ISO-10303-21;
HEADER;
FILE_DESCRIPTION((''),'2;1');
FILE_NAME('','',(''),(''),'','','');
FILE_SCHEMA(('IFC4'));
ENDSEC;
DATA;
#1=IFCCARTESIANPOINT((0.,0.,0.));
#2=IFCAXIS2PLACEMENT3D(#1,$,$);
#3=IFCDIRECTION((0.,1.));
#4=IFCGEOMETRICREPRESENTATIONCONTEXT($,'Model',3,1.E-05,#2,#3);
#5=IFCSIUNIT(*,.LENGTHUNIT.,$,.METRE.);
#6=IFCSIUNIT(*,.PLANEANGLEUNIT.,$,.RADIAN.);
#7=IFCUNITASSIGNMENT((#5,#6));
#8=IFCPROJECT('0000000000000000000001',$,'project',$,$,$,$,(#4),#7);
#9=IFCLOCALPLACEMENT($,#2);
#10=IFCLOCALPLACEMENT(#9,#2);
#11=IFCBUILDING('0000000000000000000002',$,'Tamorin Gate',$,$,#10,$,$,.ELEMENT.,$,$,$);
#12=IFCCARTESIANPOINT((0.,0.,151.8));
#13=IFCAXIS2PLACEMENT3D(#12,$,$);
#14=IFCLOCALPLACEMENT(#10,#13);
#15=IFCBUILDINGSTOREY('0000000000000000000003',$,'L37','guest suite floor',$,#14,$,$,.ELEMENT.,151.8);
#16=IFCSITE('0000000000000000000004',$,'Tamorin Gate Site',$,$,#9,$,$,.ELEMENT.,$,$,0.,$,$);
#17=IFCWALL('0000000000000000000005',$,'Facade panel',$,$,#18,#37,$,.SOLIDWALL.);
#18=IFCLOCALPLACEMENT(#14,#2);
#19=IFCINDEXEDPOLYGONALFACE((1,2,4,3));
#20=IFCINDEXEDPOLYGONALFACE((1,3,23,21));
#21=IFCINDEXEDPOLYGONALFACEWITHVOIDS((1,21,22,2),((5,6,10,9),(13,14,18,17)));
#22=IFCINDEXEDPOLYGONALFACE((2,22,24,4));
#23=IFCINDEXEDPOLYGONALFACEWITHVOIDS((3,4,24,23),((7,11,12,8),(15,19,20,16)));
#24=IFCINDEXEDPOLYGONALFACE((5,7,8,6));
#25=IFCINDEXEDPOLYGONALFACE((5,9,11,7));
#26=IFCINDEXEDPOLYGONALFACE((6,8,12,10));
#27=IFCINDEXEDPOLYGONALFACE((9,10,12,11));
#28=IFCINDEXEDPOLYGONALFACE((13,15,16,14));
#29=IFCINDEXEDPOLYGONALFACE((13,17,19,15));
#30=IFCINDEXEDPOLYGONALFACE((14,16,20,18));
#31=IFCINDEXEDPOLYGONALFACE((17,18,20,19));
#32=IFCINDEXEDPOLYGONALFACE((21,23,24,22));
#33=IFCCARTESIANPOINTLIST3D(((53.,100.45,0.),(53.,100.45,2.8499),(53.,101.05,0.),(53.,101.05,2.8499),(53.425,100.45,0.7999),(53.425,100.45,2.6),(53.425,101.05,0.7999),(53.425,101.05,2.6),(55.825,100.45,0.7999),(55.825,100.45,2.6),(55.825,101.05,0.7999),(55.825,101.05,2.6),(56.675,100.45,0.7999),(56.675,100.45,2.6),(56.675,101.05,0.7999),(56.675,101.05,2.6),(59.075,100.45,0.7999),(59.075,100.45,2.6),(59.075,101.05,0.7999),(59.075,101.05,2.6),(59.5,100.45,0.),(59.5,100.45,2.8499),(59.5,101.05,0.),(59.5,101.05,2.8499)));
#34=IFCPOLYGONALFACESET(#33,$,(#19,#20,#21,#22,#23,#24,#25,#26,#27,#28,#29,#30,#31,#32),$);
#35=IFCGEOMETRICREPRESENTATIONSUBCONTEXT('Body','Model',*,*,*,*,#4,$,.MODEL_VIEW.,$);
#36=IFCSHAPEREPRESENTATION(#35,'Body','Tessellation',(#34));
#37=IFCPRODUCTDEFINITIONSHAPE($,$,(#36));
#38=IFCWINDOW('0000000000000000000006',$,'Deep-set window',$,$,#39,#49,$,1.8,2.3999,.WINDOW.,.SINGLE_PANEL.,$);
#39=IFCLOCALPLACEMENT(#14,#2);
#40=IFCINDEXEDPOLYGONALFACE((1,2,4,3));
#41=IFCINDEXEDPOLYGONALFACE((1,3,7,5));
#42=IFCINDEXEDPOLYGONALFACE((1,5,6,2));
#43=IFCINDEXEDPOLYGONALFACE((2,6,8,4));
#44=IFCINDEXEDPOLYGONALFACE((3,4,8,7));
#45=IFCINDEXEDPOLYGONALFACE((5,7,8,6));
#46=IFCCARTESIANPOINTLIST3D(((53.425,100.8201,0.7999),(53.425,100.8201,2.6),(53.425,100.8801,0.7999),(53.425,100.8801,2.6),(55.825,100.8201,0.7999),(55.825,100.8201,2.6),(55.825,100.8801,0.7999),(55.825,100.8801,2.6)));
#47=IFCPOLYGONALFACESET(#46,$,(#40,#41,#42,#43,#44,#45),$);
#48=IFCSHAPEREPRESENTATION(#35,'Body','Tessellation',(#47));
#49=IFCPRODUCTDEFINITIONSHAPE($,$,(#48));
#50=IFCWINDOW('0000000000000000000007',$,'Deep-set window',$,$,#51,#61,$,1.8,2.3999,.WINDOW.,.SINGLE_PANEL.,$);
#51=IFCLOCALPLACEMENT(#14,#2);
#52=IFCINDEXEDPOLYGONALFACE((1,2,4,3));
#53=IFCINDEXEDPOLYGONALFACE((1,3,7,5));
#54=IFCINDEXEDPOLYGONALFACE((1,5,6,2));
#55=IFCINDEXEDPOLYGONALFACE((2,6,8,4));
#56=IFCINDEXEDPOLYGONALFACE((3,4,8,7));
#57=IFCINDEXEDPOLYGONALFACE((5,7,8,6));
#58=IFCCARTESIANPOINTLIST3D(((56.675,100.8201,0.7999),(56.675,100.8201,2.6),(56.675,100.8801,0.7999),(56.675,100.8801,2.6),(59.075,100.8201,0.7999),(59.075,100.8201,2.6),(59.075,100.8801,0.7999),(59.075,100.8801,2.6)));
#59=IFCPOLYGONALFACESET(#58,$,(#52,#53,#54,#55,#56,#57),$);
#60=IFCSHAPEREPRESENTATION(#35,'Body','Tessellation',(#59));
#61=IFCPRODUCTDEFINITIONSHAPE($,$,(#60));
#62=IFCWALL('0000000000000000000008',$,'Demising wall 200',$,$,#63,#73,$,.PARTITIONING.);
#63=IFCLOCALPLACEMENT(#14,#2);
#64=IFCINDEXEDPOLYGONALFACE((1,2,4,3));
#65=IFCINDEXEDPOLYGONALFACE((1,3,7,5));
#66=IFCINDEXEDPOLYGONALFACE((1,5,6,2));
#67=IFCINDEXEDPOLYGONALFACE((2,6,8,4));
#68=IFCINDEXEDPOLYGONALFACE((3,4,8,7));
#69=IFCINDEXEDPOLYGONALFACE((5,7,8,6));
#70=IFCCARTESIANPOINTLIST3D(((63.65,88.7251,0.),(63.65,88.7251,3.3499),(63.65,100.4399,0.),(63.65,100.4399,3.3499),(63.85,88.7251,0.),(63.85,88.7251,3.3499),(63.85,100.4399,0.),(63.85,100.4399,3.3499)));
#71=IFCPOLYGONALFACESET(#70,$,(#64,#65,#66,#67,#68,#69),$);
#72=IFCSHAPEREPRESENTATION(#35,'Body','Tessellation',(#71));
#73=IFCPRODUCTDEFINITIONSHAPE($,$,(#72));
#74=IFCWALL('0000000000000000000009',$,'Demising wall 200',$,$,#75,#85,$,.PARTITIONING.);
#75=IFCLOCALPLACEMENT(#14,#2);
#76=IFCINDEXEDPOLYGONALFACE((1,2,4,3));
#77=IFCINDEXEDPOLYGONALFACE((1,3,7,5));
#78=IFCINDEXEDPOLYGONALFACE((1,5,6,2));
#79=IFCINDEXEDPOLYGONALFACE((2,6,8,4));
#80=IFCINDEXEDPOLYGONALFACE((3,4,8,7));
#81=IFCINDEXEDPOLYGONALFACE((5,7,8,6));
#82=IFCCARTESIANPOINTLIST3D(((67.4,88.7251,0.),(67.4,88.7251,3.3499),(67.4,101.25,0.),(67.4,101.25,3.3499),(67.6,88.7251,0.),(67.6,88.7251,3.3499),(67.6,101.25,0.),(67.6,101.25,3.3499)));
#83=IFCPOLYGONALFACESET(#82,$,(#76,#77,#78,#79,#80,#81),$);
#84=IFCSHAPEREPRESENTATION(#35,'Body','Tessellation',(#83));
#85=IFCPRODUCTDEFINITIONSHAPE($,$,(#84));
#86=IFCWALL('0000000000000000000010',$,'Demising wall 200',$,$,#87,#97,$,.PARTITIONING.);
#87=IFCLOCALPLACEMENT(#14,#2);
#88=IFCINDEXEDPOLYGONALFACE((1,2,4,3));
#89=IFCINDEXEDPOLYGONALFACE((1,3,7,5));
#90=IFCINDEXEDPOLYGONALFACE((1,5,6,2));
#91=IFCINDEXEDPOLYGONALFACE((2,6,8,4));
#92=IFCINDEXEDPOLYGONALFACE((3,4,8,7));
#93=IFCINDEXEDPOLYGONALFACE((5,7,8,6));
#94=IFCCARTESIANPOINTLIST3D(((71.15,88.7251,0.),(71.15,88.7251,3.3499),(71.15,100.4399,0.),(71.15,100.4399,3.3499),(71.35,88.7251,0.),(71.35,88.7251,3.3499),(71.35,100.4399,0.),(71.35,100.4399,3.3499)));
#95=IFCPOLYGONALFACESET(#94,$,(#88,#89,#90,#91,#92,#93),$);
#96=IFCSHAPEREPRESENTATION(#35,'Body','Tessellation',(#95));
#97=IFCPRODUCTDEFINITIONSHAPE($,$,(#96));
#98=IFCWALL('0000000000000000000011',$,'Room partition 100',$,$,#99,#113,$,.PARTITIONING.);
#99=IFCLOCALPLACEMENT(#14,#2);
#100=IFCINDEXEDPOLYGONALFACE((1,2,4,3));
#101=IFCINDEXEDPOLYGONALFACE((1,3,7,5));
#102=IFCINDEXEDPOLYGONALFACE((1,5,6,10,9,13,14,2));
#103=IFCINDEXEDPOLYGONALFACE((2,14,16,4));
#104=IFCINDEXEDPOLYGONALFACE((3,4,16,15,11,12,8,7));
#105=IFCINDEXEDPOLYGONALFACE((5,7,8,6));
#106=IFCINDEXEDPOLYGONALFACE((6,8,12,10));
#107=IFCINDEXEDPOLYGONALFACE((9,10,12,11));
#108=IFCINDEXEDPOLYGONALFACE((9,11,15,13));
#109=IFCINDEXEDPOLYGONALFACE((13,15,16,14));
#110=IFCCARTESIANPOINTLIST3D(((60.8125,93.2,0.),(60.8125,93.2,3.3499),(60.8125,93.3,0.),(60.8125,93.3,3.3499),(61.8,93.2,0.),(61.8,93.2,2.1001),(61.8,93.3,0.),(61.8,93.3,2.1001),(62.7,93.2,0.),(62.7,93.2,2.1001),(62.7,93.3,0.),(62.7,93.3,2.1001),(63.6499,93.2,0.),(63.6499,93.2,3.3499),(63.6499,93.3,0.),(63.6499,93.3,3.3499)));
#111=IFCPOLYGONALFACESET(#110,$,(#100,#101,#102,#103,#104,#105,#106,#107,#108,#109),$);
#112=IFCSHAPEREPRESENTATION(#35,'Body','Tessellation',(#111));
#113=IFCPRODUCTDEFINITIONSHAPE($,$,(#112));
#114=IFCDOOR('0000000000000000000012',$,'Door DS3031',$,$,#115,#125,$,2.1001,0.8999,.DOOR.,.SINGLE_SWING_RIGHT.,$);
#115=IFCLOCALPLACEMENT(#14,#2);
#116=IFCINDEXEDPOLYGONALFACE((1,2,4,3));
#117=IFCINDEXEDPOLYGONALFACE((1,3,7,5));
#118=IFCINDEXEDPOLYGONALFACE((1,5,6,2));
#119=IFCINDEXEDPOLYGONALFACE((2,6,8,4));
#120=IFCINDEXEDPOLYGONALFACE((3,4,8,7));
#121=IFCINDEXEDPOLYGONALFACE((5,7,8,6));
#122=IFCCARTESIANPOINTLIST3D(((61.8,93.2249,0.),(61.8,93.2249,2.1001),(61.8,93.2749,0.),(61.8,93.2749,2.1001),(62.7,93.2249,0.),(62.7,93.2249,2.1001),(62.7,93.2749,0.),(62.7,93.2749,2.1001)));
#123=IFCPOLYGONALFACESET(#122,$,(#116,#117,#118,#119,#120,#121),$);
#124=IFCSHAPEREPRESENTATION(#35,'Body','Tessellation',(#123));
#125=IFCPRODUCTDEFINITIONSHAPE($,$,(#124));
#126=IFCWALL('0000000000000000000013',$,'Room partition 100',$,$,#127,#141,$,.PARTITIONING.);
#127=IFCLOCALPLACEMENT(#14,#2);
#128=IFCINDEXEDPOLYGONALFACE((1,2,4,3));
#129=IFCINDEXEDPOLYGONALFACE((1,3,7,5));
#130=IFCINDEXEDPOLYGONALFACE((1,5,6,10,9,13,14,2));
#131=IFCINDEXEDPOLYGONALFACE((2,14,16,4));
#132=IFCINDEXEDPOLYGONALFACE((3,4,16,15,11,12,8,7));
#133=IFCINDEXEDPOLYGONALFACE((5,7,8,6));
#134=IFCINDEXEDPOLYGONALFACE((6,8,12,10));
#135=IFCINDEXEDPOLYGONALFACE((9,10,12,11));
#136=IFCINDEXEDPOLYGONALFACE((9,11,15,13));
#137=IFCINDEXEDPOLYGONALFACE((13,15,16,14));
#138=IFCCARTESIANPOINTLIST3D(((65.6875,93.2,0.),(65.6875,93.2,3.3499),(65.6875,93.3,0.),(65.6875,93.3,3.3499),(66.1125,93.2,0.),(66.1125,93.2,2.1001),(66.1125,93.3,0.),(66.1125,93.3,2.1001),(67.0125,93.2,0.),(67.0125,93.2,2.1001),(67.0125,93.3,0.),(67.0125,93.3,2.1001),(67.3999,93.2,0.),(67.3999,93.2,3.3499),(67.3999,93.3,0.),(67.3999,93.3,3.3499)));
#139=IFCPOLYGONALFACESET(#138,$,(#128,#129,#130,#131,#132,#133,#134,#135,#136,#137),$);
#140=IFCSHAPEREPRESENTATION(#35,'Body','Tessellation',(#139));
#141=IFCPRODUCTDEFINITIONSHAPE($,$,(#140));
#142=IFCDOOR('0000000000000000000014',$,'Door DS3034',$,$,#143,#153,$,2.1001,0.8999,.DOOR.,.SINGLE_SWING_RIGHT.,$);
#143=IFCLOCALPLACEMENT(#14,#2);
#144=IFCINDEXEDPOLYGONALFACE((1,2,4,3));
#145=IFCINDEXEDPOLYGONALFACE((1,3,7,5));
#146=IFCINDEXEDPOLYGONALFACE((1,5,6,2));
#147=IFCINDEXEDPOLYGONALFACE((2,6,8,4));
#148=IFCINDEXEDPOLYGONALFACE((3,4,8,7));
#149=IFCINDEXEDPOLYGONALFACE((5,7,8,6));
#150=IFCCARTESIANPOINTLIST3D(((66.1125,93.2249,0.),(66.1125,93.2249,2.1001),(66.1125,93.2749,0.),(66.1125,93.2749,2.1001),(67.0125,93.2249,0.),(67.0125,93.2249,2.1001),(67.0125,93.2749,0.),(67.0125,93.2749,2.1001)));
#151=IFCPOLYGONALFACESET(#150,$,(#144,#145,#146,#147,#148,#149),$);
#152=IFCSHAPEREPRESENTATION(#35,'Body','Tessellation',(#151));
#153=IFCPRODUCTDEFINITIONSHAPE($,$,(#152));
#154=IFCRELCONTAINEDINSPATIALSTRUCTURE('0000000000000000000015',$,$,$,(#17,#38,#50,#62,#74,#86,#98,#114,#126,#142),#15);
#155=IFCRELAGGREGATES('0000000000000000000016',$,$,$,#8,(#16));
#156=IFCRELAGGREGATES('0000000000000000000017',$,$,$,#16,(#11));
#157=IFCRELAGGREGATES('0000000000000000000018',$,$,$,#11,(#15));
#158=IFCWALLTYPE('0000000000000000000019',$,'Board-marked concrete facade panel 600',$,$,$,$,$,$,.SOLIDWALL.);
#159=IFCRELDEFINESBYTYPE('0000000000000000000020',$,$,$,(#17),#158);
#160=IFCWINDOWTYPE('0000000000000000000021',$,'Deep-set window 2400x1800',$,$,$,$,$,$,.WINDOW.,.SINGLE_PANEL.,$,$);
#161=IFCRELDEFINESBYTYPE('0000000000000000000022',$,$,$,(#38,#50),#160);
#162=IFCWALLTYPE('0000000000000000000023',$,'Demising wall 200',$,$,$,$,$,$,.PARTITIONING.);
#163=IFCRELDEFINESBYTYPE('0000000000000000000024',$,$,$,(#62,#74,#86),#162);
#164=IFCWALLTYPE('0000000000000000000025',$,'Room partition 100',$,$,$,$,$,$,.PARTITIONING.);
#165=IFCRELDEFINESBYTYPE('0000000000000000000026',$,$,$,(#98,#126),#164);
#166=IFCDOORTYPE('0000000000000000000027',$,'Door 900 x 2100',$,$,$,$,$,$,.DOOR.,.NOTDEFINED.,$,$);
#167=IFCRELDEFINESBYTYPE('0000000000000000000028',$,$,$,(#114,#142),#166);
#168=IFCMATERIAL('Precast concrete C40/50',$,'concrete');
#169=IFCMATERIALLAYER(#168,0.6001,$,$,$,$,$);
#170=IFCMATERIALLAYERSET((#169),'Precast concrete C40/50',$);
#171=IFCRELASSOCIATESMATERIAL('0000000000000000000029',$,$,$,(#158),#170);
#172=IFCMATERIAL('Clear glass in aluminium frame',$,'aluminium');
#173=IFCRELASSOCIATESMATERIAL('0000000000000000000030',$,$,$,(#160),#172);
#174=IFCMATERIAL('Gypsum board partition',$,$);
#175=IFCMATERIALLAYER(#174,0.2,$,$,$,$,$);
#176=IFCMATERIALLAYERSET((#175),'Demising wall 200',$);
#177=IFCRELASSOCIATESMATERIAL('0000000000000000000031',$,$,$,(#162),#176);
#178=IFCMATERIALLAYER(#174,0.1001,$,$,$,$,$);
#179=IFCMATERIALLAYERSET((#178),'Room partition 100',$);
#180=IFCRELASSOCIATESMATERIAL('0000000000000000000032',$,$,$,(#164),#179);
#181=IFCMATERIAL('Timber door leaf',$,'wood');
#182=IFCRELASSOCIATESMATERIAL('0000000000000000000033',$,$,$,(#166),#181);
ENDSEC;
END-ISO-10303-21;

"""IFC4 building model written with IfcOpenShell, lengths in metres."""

from ifc_helpers import new_model, si_unit, direction, frame, frame_2d, origin, place, context, subcontext, project, spatial, rectangle, extrude, material, layer, layer_set, type_object, element, fill, save


model = new_model("IFC4")

# Units and contexts
model_context = context("Model", 3, precision=1e-05, world=origin(), true_north=direction((0.0, 1.0)))
body_context = subcontext(model_context, "Body", "Model", "MODEL_VIEW")
ifc_project = project(units=[si_unit("LENGTHUNIT", "METRE"), si_unit("PLANEANGLEUNIT", "RADIAN")], contexts=[model_context])

# Site, building, storey
site_placement = place(None, origin())
site = spatial("IfcSite", under=ifc_project, at=site_placement, Name="Tamorin Gate Site", CompositionType="ELEMENT", RefElevation=0.0)
building_placement = place(site_placement, origin())
building = spatial("IfcBuilding", under=site, at=building_placement, Name="Tamorin Gate", CompositionType="ELEMENT")
storey_placement = place(building_placement, frame((0.0, 0.0, 151.8)))
storey = spatial("IfcBuildingStorey", under=building, at=storey_placement, Name="L37", Description="guest suite floor", CompositionType="ELEMENT", Elevation=151.8)

# Wall, openings, windows
ifc_material_1 = material(Name="Precast concrete C40/50", Category="concrete")
ifc_layer_1 = layer(ifc_material_1, 0.6001)
ifc_layer_set_1 = layer_set([ifc_layer_1], Name="Precast concrete C40/50")
wall_type_1 = type_object("IfcWallType", Name="Board-marked concrete facade panel 600", PredefinedType="SOLIDWALL", material=ifc_layer_set_1)
ifc_material_2 = material(Name="Clear glass in aluminium frame", Category="aluminium")
window_type = type_object("IfcWindowType", Name="Deep-set window 2400x1800", PartitioningType="SINGLE_PANEL", PredefinedType="WINDOW", material=ifc_material_2)
wall_1_placement = place(storey_placement, frame((59.5, 100.75, 0.0), z_axis=(0.0, 0.0, 1.0), x_axis=(-1.0, 0.0, 0.0)))
wall_1 = element("IfcWall", 1, at=wall_1_placement, inside=storey, type_object=wall_type_1, Name="Facade panel", PredefinedType="SOLIDWALL", context=body_context, shape_type="SweptSolid", body=[
    extrude(rectangle(XDim=6.5, YDim=0.6001, at=frame_2d((3.25, 0.0))), origin(), (0.0, 0.0, 1.0), 2.8499),
])
opening_1_placement = place(wall_1_placement, frame((3.675, 0.0, 0.8)))
opening_1 = element("IfcOpeningElement", 2, at=opening_1_placement, cuts=wall_1, PredefinedType="OPENING", context=body_context, shape_type="SweptSolid", body=[
    extrude(rectangle(XDim=2.3999, YDim=1.8, at=frame_2d((1.2, 0.8999))), frame((0.0, 0.3101, 0.0), z_axis=(0.0, -1.0, 0.0), x_axis=(1.0, 0.0, 0.0)), (0.0, 0.0, 1.0), 0.6201),
])
opening_2_placement = place(wall_1_placement, frame((0.425, 0.0, 0.8)))
opening_2 = element("IfcOpeningElement", 3, at=opening_2_placement, cuts=wall_1, PredefinedType="OPENING", context=body_context, shape_type="SweptSolid", body=[
    extrude(rectangle(XDim=2.3999, YDim=1.8, at=frame_2d((1.2, 0.8999))), frame((0.0, 0.3101, 0.0), z_axis=(0.0, -1.0, 0.0), x_axis=(1.0, 0.0, 0.0)), (0.0, 0.0, 1.0), 0.6201),
])
window_1_placement = place(opening_1_placement, origin())
window_1 = element("IfcWindow", 4, at=window_1_placement, inside=storey, type_object=window_type, Name="Deep-set window", OverallHeight=1.8, OverallWidth=2.3999, PartitioningType="SINGLE_PANEL", PredefinedType="WINDOW", context=body_context, shape_type="SweptSolid", body=[
    extrude(rectangle(XDim=2.3999, YDim=1.8, at=frame_2d((1.2, 0.8999))), frame((0.0, -0.0701, 0.0), z_axis=(0.0, -1.0, 0.0), x_axis=(1.0, 0.0, 0.0)), (0.0, 0.0, 1.0), 0.0601),
])
fill(opening_1, window_1)
window_2_placement = place(opening_2_placement, origin())
window_2 = element("IfcWindow", 5, at=window_2_placement, inside=storey, type_object=window_type, Name="Deep-set window", OverallHeight=1.8, OverallWidth=2.3999, PartitioningType="SINGLE_PANEL", PredefinedType="WINDOW", context=body_context, shape_type="SweptSolid", body=[
    extrude(rectangle(XDim=2.3999, YDim=1.8, at=frame_2d((1.2, 0.8999))), frame((0.0, -0.0701, 0.0), z_axis=(0.0, -1.0, 0.0), x_axis=(1.0, 0.0, 0.0)), (0.0, 0.0, 1.0), 0.0601),
])
fill(opening_2, window_2)

# Walls
ifc_material_3 = material(Name="Gypsum board partition")
ifc_layer_2 = layer(ifc_material_3, 0.2)
ifc_layer_set_2 = layer_set([ifc_layer_2], Name="Demising wall 200")
wall_type_2 = type_object("IfcWallType", Name="Demising wall 200", PredefinedType="PARTITIONING", material=ifc_layer_set_2)
wall_2_placement = place(storey_placement, frame((63.75, 88.7251, 0.0), z_axis=(0.0, 0.0, 1.0), x_axis=(0.0, 1.0, 0.0)))
element("IfcWall", 6, at=wall_2_placement, inside=storey, type_object=wall_type_2, Name="Demising wall 200", PredefinedType="PARTITIONING", context=body_context, shape_type="SweptSolid", body=[
    extrude(rectangle(XDim=11.7148, YDim=0.2, at=frame_2d((5.8574, 0.0))), origin(), (0.0, 0.0, 1.0), 3.3499),
])
wall_3_placement = place(storey_placement, frame((67.5, 88.7251, 0.0), z_axis=(0.0, 0.0, 1.0), x_axis=(0.0, 1.0, 0.0)))
element("IfcWall", 7, at=wall_3_placement, inside=storey, type_object=wall_type_2, Name="Demising wall 200", PredefinedType="PARTITIONING", context=body_context, shape_type="SweptSolid", body=[
    extrude(rectangle(XDim=12.5249, YDim=0.2, at=frame_2d((6.2625, 0.0))), origin(), (0.0, 0.0, 1.0), 3.3499),
])
wall_4_placement = place(storey_placement, frame((71.25, 88.7251, 0.0), z_axis=(0.0, 0.0, 1.0), x_axis=(0.0, 1.0, 0.0)))
element("IfcWall", 8, at=wall_4_placement, inside=storey, type_object=wall_type_2, Name="Demising wall 200", PredefinedType="PARTITIONING", context=body_context, shape_type="SweptSolid", body=[
    extrude(rectangle(XDim=11.7148, YDim=0.2, at=frame_2d((5.8574, 0.0))), origin(), (0.0, 0.0, 1.0), 3.3499),
])

# Walls, openings, doors
ifc_layer_3 = layer(ifc_material_3, 0.1001)
ifc_layer_set_3 = layer_set([ifc_layer_3], Name="Room partition 100")
wall_type_3 = type_object("IfcWallType", Name="Room partition 100", PredefinedType="PARTITIONING", material=ifc_layer_set_3)
wall_5_placement = place(storey_placement, frame((60.8125, 93.25, 0.0), z_axis=(0.0, 0.0, 1.0), x_axis=(1.0, 0.0, 0.0)))
wall_5 = element("IfcWall", 9, at=wall_5_placement, inside=storey, type_object=wall_type_3, Name="Room partition 100", PredefinedType="PARTITIONING", context=body_context, shape_type="SweptSolid", body=[
    extrude(rectangle(XDim=2.8374, YDim=0.1001, at=frame_2d((1.4187, 0.0))), origin(), (0.0, 0.0, 1.0), 3.3499),
])
opening_3_placement = place(wall_5_placement, frame((0.9875, 0.0, 0.0)))
opening_3 = element("IfcOpeningElement", 10, at=opening_3_placement, cuts=wall_5, PredefinedType="OPENING", context=body_context, shape_type="SweptSolid", body=[
    extrude(rectangle(XDim=0.8999, YDim=2.1001, at=frame_2d((0.45, 1.05))), frame((0.0, 0.0601, 0.0), z_axis=(0.0, -1.0, 0.0), x_axis=(1.0, 0.0, 0.0)), (0.0, 0.0, 1.0), 0.1201),
])
ifc_material_4 = material(Name="Timber door leaf", Category="wood")
door_type = type_object("IfcDoorType", Name="Door 900 x 2100", OperationType="NOTDEFINED", PredefinedType="DOOR", material=ifc_material_4)
door_1_placement = place(opening_3_placement, origin())
door_1 = element("IfcDoor", 11, at=door_1_placement, inside=storey, type_object=door_type, Name="Door DS3031", OperationType="SINGLE_SWING_RIGHT", OverallHeight=2.1001, OverallWidth=0.8999, PredefinedType="DOOR", context=body_context, shape_type="SweptSolid", body=[
    extrude(rectangle(XDim=0.8999, YDim=2.1001, at=frame_2d((0.45, 1.05))), frame((0.0, 0.0249, 0.0), z_axis=(0.0, -1.0, 0.0), x_axis=(1.0, 0.0, 0.0)), (0.0, 0.0, 1.0), 0.05),
])
fill(opening_3, door_1)
wall_6_placement = place(storey_placement, frame((65.6875, 93.25, 0.0), z_axis=(0.0, 0.0, 1.0), x_axis=(1.0, 0.0, 0.0)))
wall_6 = element("IfcWall", 12, at=wall_6_placement, inside=storey, type_object=wall_type_3, Name="Room partition 100", PredefinedType="PARTITIONING", context=body_context, shape_type="SweptSolid", body=[
    extrude(rectangle(XDim=1.7124, YDim=0.1001, at=frame_2d((0.8562, 0.0))), origin(), (0.0, 0.0, 1.0), 3.3499),
])
opening_4_placement = place(wall_6_placement, frame((0.425, 0.0, 0.0)))
opening_4 = element("IfcOpeningElement", 13, at=opening_4_placement, cuts=wall_6, PredefinedType="OPENING", context=body_context, shape_type="SweptSolid", body=[
    extrude(rectangle(XDim=0.8999, YDim=2.1001, at=frame_2d((0.45, 1.05))), frame((0.0, 0.0601, 0.0), z_axis=(0.0, -1.0, 0.0), x_axis=(1.0, 0.0, 0.0)), (0.0, 0.0, 1.0), 0.1201),
])
door_2_placement = place(opening_4_placement, origin())
door_2 = element("IfcDoor", 14, at=door_2_placement, inside=storey, type_object=door_type, Name="Door DS3034", OperationType="SINGLE_SWING_RIGHT", OverallHeight=2.1001, OverallWidth=0.8999, PredefinedType="DOOR", context=body_context, shape_type="SweptSolid", body=[
    extrude(rectangle(XDim=0.8999, YDim=2.1001, at=frame_2d((0.45, 1.05))), frame((0.0, 0.0249, 0.0), z_axis=(0.0, -1.0, 0.0), x_axis=(1.0, 0.0, 0.0)), (0.0, 0.0, 1.0), 0.05),
])
fill(opening_4, door_2)

save(model, "model.ifc")
